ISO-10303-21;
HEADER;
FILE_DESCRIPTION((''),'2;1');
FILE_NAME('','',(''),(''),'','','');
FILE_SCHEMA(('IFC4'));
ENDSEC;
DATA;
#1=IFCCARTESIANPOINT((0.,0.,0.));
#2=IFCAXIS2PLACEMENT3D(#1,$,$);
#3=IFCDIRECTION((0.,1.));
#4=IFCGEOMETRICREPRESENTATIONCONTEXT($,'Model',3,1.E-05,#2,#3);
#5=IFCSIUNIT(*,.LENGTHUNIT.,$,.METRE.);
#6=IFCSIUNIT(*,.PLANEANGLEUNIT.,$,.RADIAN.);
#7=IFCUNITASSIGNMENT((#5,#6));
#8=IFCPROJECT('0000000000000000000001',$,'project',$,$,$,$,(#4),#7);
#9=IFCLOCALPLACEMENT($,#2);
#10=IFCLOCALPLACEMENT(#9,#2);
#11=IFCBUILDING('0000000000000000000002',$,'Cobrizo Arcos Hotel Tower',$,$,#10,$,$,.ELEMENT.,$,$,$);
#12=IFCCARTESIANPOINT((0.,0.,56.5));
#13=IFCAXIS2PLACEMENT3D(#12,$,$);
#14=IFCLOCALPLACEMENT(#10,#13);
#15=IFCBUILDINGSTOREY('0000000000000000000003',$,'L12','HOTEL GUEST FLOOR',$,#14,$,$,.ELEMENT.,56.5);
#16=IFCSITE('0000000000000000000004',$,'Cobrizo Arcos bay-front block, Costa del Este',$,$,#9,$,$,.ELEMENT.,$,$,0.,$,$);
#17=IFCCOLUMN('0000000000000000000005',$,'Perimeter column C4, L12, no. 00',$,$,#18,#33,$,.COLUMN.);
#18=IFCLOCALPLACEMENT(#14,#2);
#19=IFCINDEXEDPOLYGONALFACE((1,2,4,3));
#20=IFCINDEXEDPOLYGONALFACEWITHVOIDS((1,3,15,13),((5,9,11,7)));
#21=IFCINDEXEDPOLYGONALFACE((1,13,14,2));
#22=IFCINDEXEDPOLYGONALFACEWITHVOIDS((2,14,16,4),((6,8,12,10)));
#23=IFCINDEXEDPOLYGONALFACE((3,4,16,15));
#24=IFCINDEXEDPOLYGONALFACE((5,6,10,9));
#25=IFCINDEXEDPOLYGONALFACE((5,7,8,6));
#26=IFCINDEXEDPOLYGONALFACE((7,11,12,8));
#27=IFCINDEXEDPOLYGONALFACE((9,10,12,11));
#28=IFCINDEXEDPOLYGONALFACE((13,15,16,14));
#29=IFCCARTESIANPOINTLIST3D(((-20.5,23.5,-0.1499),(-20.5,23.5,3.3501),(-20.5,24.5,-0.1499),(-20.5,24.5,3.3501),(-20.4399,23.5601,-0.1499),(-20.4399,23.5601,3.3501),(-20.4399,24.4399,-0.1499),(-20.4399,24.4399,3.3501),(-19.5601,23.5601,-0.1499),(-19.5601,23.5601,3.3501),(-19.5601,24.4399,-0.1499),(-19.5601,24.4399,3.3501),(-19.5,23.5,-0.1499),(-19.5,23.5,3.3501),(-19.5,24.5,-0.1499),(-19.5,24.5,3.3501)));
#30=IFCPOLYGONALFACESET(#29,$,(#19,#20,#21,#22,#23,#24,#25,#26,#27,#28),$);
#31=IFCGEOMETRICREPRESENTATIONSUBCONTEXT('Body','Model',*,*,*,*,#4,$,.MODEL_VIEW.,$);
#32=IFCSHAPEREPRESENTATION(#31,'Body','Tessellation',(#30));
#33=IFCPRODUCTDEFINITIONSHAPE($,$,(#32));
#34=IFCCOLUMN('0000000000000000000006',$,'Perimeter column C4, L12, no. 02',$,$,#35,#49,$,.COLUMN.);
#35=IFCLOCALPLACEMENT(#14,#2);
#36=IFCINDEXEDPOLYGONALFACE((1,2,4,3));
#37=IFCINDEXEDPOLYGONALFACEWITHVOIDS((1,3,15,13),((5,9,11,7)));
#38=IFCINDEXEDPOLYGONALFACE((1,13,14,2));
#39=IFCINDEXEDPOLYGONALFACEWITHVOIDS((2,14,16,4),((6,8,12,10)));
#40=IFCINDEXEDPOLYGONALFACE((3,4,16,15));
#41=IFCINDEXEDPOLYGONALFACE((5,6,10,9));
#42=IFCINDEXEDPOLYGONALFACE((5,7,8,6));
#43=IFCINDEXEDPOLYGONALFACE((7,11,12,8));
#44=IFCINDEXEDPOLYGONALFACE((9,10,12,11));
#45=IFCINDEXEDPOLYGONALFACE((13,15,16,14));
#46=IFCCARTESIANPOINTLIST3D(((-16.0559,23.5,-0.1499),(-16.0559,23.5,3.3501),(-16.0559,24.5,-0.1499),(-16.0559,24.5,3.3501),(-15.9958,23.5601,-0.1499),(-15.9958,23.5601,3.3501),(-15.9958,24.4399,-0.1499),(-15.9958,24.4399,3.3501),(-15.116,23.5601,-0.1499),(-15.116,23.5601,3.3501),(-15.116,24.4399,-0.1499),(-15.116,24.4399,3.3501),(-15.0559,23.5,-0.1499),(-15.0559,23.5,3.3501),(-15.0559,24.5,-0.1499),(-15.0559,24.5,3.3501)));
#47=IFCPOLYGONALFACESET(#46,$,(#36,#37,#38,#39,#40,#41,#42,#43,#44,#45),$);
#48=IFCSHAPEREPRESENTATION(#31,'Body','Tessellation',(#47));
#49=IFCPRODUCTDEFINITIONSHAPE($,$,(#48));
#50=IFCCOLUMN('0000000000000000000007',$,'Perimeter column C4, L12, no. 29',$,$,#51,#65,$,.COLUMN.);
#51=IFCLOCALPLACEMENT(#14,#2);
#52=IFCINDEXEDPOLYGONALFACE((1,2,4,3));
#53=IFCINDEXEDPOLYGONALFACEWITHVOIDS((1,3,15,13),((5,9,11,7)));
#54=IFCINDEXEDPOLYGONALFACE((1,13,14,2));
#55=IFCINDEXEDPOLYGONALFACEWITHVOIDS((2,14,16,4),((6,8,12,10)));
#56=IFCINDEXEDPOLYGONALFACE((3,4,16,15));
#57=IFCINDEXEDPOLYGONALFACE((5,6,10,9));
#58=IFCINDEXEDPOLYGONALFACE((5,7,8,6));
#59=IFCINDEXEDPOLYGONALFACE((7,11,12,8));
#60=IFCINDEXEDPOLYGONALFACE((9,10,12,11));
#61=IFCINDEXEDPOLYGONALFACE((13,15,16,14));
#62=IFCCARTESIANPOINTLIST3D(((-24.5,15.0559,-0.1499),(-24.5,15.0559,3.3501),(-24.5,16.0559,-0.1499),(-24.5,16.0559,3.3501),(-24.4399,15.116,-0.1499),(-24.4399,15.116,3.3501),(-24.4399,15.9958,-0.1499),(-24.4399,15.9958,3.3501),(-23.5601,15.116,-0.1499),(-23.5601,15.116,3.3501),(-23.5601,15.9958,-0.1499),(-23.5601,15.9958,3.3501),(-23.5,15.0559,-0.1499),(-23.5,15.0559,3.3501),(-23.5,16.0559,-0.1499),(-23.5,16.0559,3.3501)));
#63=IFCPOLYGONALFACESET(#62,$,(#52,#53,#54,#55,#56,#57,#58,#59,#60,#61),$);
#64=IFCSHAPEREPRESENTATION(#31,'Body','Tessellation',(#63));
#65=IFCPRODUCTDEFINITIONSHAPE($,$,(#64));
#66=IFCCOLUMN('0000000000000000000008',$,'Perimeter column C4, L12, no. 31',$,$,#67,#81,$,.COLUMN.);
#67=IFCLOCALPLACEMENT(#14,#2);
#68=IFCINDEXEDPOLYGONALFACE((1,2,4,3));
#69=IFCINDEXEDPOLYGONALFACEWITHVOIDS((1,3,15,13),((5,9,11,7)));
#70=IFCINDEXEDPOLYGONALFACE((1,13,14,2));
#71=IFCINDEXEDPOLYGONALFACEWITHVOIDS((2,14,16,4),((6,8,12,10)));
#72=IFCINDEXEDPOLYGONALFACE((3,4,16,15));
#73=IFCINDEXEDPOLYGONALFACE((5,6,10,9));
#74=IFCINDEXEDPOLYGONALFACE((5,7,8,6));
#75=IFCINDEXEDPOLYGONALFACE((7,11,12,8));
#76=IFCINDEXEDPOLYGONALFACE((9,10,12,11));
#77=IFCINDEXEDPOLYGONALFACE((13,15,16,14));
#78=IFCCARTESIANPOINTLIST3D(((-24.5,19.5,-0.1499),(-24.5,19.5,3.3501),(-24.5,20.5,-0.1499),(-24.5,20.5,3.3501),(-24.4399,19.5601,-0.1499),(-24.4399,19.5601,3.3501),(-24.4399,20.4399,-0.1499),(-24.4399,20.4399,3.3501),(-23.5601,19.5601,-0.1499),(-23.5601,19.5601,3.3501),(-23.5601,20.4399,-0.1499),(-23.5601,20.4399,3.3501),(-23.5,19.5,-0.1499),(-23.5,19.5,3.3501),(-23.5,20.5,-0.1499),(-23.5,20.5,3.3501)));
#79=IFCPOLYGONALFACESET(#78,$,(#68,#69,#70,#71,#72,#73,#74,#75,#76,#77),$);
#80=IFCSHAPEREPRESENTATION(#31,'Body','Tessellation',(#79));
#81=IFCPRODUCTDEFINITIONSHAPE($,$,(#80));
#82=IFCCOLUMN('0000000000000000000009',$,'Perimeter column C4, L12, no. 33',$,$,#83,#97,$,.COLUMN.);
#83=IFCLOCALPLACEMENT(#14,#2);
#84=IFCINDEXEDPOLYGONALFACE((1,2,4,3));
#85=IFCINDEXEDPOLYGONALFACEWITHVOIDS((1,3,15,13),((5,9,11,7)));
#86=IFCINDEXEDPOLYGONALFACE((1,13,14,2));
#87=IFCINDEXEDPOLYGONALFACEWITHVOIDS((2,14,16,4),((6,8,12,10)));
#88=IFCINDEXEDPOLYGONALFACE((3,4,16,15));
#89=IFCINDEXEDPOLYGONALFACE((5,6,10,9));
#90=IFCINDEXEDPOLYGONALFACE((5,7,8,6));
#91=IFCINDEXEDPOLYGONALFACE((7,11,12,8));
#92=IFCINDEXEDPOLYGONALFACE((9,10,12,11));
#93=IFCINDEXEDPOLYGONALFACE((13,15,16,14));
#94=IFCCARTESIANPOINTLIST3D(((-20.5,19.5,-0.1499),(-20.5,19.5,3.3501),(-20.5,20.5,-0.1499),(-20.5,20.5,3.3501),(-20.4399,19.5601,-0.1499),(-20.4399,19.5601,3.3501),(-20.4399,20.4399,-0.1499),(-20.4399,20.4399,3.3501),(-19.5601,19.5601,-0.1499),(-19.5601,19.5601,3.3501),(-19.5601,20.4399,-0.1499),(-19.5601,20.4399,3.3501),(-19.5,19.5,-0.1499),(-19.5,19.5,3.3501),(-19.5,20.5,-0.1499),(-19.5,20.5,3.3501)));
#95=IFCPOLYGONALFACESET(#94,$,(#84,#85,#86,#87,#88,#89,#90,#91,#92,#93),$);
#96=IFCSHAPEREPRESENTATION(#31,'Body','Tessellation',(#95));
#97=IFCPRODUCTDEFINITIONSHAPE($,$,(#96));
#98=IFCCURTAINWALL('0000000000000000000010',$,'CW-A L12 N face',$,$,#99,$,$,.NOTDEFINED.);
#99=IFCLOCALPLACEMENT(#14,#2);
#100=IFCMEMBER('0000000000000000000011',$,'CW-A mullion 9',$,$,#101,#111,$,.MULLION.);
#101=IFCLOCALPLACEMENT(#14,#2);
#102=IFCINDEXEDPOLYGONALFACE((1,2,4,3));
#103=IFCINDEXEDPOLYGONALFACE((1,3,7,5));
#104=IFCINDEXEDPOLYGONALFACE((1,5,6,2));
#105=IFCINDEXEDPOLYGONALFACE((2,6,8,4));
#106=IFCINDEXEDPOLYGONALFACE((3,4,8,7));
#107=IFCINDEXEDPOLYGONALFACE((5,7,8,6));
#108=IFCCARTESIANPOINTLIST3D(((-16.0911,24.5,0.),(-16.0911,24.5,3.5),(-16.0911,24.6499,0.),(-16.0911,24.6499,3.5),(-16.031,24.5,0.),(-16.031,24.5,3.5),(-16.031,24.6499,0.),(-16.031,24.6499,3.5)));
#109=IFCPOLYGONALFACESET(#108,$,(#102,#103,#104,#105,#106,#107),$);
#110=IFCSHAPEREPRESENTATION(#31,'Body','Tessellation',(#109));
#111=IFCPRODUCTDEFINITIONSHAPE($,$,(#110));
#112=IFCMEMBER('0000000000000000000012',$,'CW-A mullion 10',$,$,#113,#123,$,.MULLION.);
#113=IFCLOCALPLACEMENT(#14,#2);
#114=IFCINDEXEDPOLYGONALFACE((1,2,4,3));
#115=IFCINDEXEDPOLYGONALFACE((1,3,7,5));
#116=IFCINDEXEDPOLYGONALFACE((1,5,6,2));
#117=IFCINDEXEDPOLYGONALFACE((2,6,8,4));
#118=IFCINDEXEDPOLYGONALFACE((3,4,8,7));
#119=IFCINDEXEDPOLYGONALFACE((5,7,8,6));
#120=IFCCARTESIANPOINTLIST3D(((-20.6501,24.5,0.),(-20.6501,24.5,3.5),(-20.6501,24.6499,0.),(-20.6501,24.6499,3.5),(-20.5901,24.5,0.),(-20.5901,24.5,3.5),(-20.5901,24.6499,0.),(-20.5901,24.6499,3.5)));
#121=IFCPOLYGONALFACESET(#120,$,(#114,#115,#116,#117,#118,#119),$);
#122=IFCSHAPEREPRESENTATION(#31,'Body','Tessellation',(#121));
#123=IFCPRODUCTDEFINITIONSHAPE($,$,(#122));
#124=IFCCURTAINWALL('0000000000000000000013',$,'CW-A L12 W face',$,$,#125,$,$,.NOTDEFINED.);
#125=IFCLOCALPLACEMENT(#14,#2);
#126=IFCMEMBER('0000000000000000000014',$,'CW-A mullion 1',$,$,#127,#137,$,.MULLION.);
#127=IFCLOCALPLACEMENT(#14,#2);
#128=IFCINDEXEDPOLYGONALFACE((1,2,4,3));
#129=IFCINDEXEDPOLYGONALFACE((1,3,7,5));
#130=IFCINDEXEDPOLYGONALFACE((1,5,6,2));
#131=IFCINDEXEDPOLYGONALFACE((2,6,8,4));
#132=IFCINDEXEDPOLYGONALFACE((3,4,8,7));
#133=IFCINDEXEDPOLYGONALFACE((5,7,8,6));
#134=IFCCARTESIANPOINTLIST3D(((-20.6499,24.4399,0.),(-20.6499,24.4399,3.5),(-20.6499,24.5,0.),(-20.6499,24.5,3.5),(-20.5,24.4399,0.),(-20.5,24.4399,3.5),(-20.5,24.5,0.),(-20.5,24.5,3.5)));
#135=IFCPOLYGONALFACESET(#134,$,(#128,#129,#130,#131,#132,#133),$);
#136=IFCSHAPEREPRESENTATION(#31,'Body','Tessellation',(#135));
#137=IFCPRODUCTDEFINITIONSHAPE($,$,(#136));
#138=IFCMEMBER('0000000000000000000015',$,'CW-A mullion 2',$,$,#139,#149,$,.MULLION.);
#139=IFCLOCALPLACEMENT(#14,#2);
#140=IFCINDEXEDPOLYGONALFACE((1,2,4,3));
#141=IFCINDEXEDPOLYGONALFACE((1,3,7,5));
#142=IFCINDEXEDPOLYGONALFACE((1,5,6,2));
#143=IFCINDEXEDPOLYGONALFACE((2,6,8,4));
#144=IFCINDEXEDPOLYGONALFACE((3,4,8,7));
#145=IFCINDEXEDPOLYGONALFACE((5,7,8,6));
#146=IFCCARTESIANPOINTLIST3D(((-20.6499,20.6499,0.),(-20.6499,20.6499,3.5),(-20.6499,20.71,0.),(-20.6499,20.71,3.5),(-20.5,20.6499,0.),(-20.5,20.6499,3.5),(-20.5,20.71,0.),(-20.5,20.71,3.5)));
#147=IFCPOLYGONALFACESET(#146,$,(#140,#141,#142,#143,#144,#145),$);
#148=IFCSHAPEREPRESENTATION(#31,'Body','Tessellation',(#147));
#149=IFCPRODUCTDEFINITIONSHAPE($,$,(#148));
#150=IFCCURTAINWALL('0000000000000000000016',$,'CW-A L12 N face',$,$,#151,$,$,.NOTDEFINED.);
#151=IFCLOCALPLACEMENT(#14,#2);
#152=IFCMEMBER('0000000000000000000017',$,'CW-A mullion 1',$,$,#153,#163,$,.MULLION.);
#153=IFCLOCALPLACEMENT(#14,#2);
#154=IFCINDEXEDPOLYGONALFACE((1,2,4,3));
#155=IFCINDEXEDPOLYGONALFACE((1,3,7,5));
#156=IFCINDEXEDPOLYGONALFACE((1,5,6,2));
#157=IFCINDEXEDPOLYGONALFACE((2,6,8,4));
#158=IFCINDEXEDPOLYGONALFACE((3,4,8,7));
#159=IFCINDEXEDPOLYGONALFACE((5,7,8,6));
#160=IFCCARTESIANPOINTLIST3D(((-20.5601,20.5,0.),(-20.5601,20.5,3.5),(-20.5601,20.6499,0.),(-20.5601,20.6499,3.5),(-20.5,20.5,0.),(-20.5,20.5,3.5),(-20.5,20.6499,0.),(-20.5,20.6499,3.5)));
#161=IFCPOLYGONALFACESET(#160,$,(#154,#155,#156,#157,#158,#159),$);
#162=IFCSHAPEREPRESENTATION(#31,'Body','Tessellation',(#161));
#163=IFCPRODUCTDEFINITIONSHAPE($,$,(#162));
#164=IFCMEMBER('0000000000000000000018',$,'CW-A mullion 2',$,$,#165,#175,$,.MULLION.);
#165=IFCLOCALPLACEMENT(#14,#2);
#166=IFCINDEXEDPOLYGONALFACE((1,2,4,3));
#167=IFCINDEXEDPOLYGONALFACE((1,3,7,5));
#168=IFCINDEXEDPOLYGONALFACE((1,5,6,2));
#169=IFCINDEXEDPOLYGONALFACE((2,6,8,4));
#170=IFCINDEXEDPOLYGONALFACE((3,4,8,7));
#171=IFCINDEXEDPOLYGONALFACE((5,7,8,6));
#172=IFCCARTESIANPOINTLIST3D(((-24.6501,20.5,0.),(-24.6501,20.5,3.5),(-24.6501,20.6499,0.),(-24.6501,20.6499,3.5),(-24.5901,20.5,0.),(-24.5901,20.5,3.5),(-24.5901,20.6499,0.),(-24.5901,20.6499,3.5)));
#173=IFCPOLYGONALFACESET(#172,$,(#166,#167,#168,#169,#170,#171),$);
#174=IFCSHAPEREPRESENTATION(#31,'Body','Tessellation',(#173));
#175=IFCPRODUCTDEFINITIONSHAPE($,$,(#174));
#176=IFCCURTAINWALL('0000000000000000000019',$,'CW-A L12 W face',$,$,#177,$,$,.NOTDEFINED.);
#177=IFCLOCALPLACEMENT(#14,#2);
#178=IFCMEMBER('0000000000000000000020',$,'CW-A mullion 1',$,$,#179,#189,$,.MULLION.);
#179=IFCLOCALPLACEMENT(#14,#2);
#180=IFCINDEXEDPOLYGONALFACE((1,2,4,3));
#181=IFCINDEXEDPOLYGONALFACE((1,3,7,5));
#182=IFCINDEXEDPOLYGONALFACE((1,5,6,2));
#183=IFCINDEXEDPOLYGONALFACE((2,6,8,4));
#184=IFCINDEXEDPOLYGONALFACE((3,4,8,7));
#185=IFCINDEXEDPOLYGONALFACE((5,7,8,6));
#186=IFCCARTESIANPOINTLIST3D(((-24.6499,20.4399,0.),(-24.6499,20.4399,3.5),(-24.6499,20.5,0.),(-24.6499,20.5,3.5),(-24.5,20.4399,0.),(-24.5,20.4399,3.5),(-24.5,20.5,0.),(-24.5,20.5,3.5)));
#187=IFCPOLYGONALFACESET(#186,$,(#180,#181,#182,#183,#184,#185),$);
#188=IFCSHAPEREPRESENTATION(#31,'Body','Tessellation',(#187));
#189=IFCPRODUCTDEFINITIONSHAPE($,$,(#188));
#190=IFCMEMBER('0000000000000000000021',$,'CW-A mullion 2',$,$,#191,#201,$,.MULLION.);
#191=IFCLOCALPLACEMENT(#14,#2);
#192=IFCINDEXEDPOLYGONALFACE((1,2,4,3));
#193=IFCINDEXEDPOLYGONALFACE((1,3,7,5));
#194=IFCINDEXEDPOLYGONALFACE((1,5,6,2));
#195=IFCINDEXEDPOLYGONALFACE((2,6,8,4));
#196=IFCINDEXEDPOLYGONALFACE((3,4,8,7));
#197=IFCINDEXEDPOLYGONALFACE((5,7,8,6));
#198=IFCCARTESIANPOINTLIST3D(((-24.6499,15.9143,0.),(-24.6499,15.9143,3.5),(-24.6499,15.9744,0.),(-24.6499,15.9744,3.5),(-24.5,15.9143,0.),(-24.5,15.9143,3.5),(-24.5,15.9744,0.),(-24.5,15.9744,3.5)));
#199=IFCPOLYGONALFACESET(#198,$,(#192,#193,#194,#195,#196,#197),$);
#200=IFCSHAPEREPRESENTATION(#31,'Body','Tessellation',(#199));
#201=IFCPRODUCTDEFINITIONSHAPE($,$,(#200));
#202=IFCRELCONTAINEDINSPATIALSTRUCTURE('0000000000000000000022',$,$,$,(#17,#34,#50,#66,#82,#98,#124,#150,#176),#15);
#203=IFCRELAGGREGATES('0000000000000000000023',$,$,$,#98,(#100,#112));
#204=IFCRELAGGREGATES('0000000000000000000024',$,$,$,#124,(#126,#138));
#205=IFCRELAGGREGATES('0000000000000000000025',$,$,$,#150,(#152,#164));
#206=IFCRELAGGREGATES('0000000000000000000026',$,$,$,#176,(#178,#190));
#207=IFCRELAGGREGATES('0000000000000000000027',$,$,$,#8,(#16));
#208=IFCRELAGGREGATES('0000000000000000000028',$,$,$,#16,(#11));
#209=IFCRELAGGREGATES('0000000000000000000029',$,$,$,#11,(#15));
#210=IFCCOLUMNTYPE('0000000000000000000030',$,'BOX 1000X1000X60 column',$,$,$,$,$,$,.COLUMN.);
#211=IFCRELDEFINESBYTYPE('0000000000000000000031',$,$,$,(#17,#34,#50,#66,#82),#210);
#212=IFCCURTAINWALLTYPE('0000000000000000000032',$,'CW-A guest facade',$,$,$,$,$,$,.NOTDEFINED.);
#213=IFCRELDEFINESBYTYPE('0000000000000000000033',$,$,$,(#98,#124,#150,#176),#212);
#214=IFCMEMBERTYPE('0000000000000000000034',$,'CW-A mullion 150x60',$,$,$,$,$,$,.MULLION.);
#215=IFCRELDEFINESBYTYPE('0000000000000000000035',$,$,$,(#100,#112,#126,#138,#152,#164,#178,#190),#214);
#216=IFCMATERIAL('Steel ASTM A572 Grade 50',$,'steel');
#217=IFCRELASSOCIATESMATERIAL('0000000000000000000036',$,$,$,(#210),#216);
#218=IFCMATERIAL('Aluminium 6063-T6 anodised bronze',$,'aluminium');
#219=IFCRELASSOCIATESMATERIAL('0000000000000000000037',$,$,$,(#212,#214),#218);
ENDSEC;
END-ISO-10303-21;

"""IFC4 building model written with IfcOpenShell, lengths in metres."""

from ifc_helpers import new_model, si_unit, direction, frame, origin, origin_2d, place, context, subcontext, project, spatial, rectangle, hollow_rectangle, extrude, material, material_profile, profile_set, type_object, element, aggregate, save


model = new_model("IFC4")

# Units and contexts
model_context = context("Model", 3, precision=1e-05, world=origin(), true_north=direction((0.0, 1.0)))
body_context = subcontext(model_context, "Body", "Model", "MODEL_VIEW")
ifc_project = project(units=[si_unit("LENGTHUNIT", "METRE"), si_unit("PLANEANGLEUNIT", "RADIAN")], contexts=[model_context])

# Site, building, storey
site_placement = place(None, origin())
site = spatial("IfcSite", under=ifc_project, at=site_placement, Name="Cobrizo Arcos bay-front block, Costa del Este", CompositionType="ELEMENT", RefElevation=0.0)
building_placement = place(site_placement, origin())
building = spatial("IfcBuilding", under=site, at=building_placement, Name="Cobrizo Arcos Hotel Tower", CompositionType="ELEMENT")
storey_placement = place(building_placement, frame((0.0, 0.0, 56.5)))
storey = spatial("IfcBuildingStorey", under=building, at=storey_placement, Name="L12", Description="HOTEL GUEST FLOOR", CompositionType="ELEMENT", Elevation=56.5)

# Columns
ifc_material_1 = material(Name="Steel ASTM A572 Grade 50", Category="steel")
ifc_material_profile_1 = material_profile(ifc_material_1, hollow_rectangle(XDim=1.0, YDim=1.0, WallThickness=0.0601, at=origin_2d()), Name="BOX 1000X1000X60")
ifc_profile_set_1 = profile_set([ifc_material_profile_1], Name="Steel ASTM A572 Grade 50")
column_type = type_object("IfcColumnType", Name="BOX 1000X1000X60 column", PredefinedType="COLUMN", material=ifc_profile_set_1)
for number, where, z_axis, x_axis, name in (
    (1, (-20.0, 24.0, -0.1499), (0.0, 0.0, 1.0), (1.0, 0.0, 0.0), "Perimeter column C4, L12, no. 00"),
    (2, (-15.5559, 24.0, -0.1499), (0.0, 0.0, 1.0), (1.0, 0.0, 0.0), "Perimeter column C4, L12, no. 02"),
    (3, (-24.0, 15.5559, -0.1499), (0.0, 0.0, 1.0), (1.0, 0.0, 0.0), "Perimeter column C4, L12, no. 29"),
    (4, (-24.0, 20.0, -0.1499), (0.0, 0.0, 1.0), (1.0, 0.0, 0.0), "Perimeter column C4, L12, no. 31"),
    (5, (-20.0, 20.0, -0.1499), (0.0, 0.0, 1.0), (1.0, 0.0, 0.0), "Perimeter column C4, L12, no. 33"),
):
    element("IfcColumn", number, at=place(storey_placement, frame(where, z_axis=z_axis, x_axis=x_axis)), inside=storey, type_object=column_type, Name=name, PredefinedType="COLUMN", context=body_context, shape_type="SweptSolid", body=[
        extrude(hollow_rectangle(XDim=1.0, YDim=1.0, WallThickness=0.0601, at=origin_2d()), origin(), (0.0, 0.0, 1.0), 3.5),
    ])

# Curtain walls, members
ifc_material_2 = material(Name="Aluminium 6063-T6 anodised bronze", Category="aluminium")
curtain_wall_type = type_object("IfcCurtainWallType", Name="CW-A guest facade", PredefinedType="NOTDEFINED", material=ifc_material_2)
curtain_wall_1_placement = place(storey_placement, origin())
curtain_wall_1 = element("IfcCurtainWall", 6, at=curtain_wall_1_placement, inside=storey, type_object=curtain_wall_type, Name="CW-A L12 N face", PredefinedType="NOTDEFINED")
ifc_material_profile_2 = material_profile(ifc_material_2, rectangle(XDim=0.1499, YDim=0.0601, at=origin_2d()), Name="CW-A mullion 150x60")
ifc_profile_set_2 = profile_set([ifc_material_profile_2], Name="Aluminium 6063-T6 anodised bronze")
member_type = type_object("IfcMemberType", Name="CW-A mullion 150x60", PredefinedType="MULLION", material=ifc_profile_set_2)
member_1_placement = place(storey_placement, frame((-16.061, 24.575, 0.0), z_axis=(0.0, 0.0, 1.0), x_axis=(0.0, 1.0, 0.0)))
member_1 = element("IfcMember", 7, at=member_1_placement, type_object=member_type, Name="CW-A mullion 9", PredefinedType="MULLION", context=body_context, shape_type="SweptSolid", body=[
    extrude(rectangle(XDim=0.1499, YDim=0.0601, at=origin_2d()), origin(), (0.0, 0.0, 1.0), 3.5),
])
member_2_placement = place(storey_placement, frame((-20.6201, 24.575, 0.0), z_axis=(0.0, 0.0, 1.0), x_axis=(0.0, 1.0, 0.0)))
member_2 = element("IfcMember", 8, at=member_2_placement, type_object=member_type, Name="CW-A mullion 10", PredefinedType="MULLION", context=body_context, shape_type="SweptSolid", body=[
    extrude(rectangle(XDim=0.1499, YDim=0.0601, at=origin_2d()), origin(), (0.0, 0.0, 1.0), 3.5),
])
curtain_wall_2_placement = place(storey_placement, origin())
curtain_wall_2 = element("IfcCurtainWall", 9, at=curtain_wall_2_placement, inside=storey, type_object=curtain_wall_type, Name="CW-A L12 W face", PredefinedType="NOTDEFINED")
member_3_placement = place(storey_placement, frame((-20.575, 24.47, 0.0), z_axis=(0.0, 0.0, 1.0), x_axis=(-1.0, 0.0, 0.0)))
member_3 = element("IfcMember", 10, at=member_3_placement, type_object=member_type, Name="CW-A mullion 1", PredefinedType="MULLION", context=body_context, shape_type="SweptSolid", body=[
    extrude(rectangle(XDim=0.1499, YDim=0.0601, at=origin_2d()), origin(), (0.0, 0.0, 1.0), 3.5),
])
member_4_placement = place(storey_placement, frame((-20.575, 20.6799, 0.0), z_axis=(0.0, 0.0, 1.0), x_axis=(-1.0, 0.0, 0.0)))
member_4 = element("IfcMember", 11, at=member_4_placement, type_object=member_type, Name="CW-A mullion 2", PredefinedType="MULLION", context=body_context, shape_type="SweptSolid", body=[
    extrude(rectangle(XDim=0.1499, YDim=0.0601, at=origin_2d()), origin(), (0.0, 0.0, 1.0), 3.5),
])
curtain_wall_3_placement = place(storey_placement, origin())
curtain_wall_3 = element("IfcCurtainWall", 12, at=curtain_wall_3_placement, inside=storey, type_object=curtain_wall_type, Name="CW-A L12 N face", PredefinedType="NOTDEFINED")
member_5_placement = place(storey_placement, frame((-20.53, 20.575, 0.0), z_axis=(0.0, 0.0, 1.0), x_axis=(0.0, 1.0, 0.0)))
member_5 = element("IfcMember", 13, at=member_5_placement, type_object=member_type, Name="CW-A mullion 1", PredefinedType="MULLION", context=body_context, shape_type="SweptSolid", body=[
    extrude(rectangle(XDim=0.1499, YDim=0.0601, at=origin_2d()), origin(), (0.0, 0.0, 1.0), 3.5),
])
member_6_placement = place(storey_placement, frame((-24.6201, 20.575, 0.0), z_axis=(0.0, 0.0, 1.0), x_axis=(0.0, 1.0, 0.0)))
member_6 = element("IfcMember", 14, at=member_6_placement, type_object=member_type, Name="CW-A mullion 2", PredefinedType="MULLION", context=body_context, shape_type="SweptSolid", body=[
    extrude(rectangle(XDim=0.1499, YDim=0.0601, at=origin_2d()), origin(), (0.0, 0.0, 1.0), 3.5),
])
curtain_wall_4_placement = place(storey_placement, origin())
curtain_wall_4 = element("IfcCurtainWall", 15, at=curtain_wall_4_placement, inside=storey, type_object=curtain_wall_type, Name="CW-A L12 W face", PredefinedType="NOTDEFINED")
member_7_placement = place(storey_placement, frame((-24.575, 20.47, 0.0), z_axis=(0.0, 0.0, 1.0), x_axis=(-1.0, 0.0, 0.0)))
member_7 = element("IfcMember", 16, at=member_7_placement, type_object=member_type, Name="CW-A mullion 1", PredefinedType="MULLION", context=body_context, shape_type="SweptSolid", body=[
    extrude(rectangle(XDim=0.1499, YDim=0.0601, at=origin_2d()), origin(), (0.0, 0.0, 1.0), 3.5),
])
member_8_placement = place(storey_placement, frame((-24.575, 15.9443, 0.0), z_axis=(0.0, 0.0, 1.0), x_axis=(-1.0, 0.0, 0.0)))
member_8 = element("IfcMember", 17, at=member_8_placement, type_object=member_type, Name="CW-A mullion 2", PredefinedType="MULLION", context=body_context, shape_type="SweptSolid", body=[
    extrude(rectangle(XDim=0.1499, YDim=0.0601, at=origin_2d()), origin(), (0.0, 0.0, 1.0), 3.5),
])

aggregate(curtain_wall_1, [member_1, member_2])
aggregate(curtain_wall_2, [member_3, member_4])
aggregate(curtain_wall_3, [member_5, member_6])
aggregate(curtain_wall_4, [member_7, member_8])

save(model, "model.ifc")
